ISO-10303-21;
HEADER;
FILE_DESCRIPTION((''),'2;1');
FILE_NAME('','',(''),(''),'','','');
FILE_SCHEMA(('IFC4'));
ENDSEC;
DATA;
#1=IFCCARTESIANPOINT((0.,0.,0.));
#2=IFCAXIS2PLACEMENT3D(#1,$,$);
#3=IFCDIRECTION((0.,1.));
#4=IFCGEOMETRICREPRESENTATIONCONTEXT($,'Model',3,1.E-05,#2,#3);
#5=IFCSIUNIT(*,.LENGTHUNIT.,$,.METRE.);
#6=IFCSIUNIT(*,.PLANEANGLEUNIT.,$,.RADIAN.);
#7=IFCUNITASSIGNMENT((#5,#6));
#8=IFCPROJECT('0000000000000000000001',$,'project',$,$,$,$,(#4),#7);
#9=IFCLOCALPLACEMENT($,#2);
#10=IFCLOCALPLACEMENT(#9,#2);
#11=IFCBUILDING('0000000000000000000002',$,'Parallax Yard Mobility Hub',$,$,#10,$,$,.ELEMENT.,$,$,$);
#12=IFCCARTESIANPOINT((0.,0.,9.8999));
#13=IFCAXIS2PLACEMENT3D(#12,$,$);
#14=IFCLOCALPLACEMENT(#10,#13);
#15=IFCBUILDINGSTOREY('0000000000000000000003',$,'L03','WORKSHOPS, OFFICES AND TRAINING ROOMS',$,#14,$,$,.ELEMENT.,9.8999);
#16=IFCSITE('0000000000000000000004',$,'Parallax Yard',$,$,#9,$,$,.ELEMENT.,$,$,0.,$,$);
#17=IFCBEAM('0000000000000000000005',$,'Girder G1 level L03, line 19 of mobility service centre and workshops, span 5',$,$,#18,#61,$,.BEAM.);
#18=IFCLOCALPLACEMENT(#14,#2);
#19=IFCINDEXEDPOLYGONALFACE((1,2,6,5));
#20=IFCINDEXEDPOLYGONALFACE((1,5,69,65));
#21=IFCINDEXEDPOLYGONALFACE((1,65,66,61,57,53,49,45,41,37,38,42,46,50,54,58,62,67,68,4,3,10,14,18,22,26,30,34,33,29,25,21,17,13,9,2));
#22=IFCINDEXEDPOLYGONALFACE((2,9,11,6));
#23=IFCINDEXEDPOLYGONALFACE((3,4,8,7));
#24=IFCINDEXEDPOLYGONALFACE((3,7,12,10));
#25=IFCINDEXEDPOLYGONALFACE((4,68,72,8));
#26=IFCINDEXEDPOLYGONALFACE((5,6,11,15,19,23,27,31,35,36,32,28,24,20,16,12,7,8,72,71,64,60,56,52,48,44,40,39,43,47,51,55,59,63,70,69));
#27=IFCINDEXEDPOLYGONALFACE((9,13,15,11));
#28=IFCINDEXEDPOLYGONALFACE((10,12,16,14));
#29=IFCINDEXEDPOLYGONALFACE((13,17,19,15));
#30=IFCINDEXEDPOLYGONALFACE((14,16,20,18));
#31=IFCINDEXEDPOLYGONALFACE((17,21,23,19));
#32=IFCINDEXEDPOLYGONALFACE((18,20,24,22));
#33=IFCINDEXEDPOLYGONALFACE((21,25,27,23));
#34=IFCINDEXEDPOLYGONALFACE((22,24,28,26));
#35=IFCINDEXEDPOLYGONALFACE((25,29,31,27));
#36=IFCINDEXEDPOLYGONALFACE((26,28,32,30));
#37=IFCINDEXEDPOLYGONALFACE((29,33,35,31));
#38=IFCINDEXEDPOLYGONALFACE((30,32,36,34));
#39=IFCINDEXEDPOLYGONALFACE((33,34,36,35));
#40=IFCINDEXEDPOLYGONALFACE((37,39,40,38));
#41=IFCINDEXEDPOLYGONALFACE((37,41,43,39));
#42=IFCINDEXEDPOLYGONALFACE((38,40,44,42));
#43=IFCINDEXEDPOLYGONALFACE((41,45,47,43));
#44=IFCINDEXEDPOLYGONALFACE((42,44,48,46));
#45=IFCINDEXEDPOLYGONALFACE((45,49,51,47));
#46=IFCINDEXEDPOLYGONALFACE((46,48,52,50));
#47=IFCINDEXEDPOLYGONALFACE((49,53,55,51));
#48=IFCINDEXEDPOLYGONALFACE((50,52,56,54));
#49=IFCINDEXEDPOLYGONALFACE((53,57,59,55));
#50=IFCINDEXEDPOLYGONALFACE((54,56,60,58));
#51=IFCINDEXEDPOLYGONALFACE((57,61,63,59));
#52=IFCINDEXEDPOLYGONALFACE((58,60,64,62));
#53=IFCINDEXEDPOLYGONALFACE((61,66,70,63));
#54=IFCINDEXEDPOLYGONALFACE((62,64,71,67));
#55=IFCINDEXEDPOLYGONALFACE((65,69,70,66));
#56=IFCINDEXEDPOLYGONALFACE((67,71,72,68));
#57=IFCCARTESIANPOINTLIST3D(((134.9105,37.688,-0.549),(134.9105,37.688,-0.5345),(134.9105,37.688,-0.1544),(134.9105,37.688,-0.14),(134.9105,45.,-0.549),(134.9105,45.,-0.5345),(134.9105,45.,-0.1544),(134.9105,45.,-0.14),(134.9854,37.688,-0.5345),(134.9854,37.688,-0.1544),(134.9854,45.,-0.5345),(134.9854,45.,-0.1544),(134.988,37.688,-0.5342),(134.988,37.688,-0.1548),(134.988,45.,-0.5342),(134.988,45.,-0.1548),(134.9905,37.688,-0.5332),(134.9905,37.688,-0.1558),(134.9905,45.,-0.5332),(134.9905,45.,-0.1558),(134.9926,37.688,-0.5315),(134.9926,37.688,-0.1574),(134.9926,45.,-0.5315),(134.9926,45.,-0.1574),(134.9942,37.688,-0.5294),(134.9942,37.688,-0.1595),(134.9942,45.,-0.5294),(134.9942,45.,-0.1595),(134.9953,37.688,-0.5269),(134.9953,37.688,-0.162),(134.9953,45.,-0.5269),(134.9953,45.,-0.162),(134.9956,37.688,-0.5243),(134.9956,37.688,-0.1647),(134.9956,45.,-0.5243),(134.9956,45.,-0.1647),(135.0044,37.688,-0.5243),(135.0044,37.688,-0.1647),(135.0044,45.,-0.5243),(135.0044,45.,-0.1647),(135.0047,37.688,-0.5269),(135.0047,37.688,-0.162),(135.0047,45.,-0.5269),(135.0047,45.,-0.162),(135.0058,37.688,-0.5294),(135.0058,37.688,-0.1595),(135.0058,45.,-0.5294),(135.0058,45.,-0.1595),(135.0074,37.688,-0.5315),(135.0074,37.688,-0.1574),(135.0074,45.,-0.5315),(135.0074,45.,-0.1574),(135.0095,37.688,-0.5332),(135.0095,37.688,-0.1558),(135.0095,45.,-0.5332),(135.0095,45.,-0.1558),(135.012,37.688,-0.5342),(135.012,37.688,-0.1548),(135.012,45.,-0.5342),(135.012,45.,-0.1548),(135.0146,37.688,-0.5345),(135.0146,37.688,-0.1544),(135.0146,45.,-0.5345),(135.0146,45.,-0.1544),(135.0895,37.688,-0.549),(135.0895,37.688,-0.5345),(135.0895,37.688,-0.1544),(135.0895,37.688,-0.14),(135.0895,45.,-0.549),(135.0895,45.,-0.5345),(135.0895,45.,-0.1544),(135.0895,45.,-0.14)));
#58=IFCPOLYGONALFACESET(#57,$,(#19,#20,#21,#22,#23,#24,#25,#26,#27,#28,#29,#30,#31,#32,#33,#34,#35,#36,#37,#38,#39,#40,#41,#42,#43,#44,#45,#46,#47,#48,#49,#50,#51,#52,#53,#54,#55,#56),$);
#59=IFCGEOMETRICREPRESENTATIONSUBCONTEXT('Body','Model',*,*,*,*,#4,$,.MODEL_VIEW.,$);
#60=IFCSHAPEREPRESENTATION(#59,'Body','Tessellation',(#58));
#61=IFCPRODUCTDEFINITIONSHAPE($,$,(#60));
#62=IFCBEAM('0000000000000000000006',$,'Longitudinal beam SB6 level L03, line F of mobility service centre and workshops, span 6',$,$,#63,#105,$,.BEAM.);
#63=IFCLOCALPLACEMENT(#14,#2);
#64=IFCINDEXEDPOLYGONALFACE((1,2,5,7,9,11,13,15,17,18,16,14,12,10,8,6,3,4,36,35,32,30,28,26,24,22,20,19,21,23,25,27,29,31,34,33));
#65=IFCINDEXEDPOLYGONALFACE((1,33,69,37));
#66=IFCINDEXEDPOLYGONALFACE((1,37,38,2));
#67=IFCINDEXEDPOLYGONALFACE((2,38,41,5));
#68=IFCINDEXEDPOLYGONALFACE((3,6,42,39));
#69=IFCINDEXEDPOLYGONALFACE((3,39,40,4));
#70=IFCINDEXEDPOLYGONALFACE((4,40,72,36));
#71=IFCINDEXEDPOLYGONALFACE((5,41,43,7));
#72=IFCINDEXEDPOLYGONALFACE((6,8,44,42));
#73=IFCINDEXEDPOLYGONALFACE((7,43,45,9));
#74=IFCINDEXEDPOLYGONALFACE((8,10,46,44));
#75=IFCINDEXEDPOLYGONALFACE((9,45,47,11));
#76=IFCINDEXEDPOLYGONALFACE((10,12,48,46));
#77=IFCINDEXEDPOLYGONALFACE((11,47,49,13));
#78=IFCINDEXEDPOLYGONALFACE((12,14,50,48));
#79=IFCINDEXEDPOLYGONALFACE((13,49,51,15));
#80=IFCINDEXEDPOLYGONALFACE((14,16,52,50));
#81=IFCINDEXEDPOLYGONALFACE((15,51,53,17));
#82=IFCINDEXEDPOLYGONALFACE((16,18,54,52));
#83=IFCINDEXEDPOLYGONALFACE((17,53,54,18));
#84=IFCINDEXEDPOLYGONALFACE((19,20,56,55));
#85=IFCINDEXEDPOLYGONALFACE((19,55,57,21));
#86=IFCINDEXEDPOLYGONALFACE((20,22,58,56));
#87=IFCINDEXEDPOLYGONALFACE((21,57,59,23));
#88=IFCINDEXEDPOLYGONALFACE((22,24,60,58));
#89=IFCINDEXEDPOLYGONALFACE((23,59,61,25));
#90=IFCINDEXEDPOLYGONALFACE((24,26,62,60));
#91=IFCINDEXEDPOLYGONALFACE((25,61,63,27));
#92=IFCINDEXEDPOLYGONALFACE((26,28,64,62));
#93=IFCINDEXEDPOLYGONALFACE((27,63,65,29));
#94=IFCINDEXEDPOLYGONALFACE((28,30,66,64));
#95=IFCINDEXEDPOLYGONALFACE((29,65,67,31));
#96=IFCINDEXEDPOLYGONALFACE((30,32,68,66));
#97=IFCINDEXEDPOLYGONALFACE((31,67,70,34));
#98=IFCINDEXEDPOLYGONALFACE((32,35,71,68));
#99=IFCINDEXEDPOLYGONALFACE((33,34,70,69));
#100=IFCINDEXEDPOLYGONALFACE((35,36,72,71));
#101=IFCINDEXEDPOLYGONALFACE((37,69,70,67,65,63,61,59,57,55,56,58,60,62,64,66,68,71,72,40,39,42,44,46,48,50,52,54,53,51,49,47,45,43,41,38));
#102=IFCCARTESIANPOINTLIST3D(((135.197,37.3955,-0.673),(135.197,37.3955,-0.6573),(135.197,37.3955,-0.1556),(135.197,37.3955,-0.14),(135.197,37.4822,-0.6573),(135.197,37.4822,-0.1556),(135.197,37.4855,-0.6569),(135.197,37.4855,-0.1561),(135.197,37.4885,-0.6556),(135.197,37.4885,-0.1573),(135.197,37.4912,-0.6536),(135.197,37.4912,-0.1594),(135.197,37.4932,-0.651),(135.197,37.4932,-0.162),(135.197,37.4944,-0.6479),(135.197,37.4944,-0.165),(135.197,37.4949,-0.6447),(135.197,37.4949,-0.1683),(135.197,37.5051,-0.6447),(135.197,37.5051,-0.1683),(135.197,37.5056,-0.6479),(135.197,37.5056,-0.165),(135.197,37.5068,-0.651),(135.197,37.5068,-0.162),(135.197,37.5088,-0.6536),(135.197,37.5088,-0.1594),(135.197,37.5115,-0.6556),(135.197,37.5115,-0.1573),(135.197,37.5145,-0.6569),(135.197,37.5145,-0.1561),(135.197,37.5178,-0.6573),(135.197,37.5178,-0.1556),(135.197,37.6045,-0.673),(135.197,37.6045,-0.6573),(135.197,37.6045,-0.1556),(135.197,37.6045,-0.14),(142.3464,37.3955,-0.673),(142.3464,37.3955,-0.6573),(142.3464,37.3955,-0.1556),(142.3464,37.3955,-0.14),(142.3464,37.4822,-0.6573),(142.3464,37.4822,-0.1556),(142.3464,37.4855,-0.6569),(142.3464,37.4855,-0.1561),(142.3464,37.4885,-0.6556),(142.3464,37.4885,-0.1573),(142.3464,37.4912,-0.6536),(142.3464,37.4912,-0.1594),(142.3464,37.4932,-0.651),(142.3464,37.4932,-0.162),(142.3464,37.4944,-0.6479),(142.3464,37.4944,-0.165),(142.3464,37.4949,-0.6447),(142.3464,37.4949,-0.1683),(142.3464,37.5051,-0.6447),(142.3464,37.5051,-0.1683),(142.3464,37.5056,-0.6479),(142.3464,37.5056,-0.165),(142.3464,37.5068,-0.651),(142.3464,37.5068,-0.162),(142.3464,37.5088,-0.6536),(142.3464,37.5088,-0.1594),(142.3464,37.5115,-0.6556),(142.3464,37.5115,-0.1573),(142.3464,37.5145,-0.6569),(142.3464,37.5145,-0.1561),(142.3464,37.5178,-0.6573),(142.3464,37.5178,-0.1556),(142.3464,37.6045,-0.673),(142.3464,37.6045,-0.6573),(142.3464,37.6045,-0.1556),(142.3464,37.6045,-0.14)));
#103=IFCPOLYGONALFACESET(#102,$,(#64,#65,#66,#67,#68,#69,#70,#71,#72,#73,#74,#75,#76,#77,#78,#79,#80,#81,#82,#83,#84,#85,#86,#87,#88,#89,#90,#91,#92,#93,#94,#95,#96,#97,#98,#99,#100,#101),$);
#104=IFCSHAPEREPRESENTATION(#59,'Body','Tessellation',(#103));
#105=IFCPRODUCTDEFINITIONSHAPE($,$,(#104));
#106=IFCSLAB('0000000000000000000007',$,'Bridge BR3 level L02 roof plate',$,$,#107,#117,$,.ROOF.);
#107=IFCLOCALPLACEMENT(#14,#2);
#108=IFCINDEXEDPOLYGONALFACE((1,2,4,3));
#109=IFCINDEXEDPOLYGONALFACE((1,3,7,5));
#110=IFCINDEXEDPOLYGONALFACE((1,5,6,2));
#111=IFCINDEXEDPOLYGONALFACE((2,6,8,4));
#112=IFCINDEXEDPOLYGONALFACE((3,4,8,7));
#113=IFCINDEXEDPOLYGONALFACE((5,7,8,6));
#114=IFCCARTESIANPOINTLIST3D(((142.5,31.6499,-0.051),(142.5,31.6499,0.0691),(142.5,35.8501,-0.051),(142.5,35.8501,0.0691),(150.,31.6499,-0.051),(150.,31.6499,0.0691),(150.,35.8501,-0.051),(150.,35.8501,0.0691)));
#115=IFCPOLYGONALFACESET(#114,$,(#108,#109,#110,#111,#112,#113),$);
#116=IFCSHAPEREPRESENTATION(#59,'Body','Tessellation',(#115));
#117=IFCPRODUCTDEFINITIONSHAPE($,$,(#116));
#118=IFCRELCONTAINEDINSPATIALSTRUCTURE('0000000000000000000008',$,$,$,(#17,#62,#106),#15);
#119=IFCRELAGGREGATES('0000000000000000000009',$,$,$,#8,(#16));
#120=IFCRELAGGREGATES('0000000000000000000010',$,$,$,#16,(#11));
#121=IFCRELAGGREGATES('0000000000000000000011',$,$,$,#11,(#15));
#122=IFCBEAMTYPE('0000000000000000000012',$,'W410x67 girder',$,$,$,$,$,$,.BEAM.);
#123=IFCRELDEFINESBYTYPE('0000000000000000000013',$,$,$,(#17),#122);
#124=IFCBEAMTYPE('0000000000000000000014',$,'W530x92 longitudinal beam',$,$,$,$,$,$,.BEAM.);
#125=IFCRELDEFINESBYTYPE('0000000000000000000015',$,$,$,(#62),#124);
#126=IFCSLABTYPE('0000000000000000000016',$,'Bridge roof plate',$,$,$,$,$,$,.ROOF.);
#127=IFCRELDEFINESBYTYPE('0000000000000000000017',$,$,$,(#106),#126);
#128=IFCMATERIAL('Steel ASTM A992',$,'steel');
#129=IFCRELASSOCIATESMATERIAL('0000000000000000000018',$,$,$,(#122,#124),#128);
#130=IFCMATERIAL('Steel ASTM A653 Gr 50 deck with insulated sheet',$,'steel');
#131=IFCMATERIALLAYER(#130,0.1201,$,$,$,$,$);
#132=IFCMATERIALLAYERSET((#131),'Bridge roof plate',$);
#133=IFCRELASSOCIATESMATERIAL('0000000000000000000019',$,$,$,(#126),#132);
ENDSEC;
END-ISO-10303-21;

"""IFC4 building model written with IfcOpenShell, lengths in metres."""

from ifc_helpers import new_model, si_unit, direction, frame, origin, origin_2d, place, context, subcontext, project, spatial, polyline, i_section, outline, extrude, material, layer, layer_set, material_profile, profile_set, type_object, element, save


model = new_model("IFC4")

# Units and contexts
model_context = context("Model", 3, precision=1e-05, world=origin(), true_north=direction((0.0, 1.0)))
body_context = subcontext(model_context, "Body", "Model", "MODEL_VIEW")
ifc_project = project(units=[si_unit("LENGTHUNIT", "METRE"), si_unit("PLANEANGLEUNIT", "RADIAN")], contexts=[model_context])

# Site, building, storey
site_placement = place(None, origin())
site = spatial("IfcSite", under=ifc_project, at=site_placement, Name="Parallax Yard", CompositionType="ELEMENT", RefElevation=0.0)
building_placement = place(site_placement, origin())
building = spatial("IfcBuilding", under=site, at=building_placement, Name="Parallax Yard Mobility Hub", CompositionType="ELEMENT")
storey_placement = place(building_placement, frame((0.0, 0.0, 9.8999)))
storey = spatial("IfcBuildingStorey", under=building, at=storey_placement, Name="L03", Description="WORKSHOPS, OFFICES AND TRAINING ROOMS", CompositionType="ELEMENT", Elevation=9.8999)

# Shared definitions
ifc_material_1 = material(Name="Steel ASTM A992", Category="steel")

# Beams
ifc_material_profile_1 = material_profile(ifc_material_1, i_section(OverallWidth=0.179, OverallDepth=0.4089, WebThickness=0.0088, FlangeThickness=0.0144, FilletRadius=0.0103, at=origin_2d()), Name="W410x67")
ifc_profile_set_1 = profile_set([ifc_material_profile_1], Name="Steel ASTM A992")
beam_type_1 = type_object("IfcBeamType", Name="W410x67 girder", PredefinedType="BEAM", material=ifc_profile_set_1)
beam_1_placement = place(storey_placement, frame((135.0, 37.688, -0.3445), z_axis=(0.0, 1.0, 0.0), x_axis=(-1.0, 0.0, 0.0)))
element("IfcBeam", 1, at=beam_1_placement, inside=storey, type_object=beam_type_1, Name="Girder G1 level L03, line 19 of mobility service centre and workshops, span 5", PredefinedType="BEAM", context=body_context, shape_type="SweptSolid", body=[
    extrude(i_section(OverallWidth=0.179, OverallDepth=0.4089, WebThickness=0.0088, FlangeThickness=0.0144, FilletRadius=0.0103, at=origin_2d()), origin(), (0.0, 0.0, 1.0), 7.312),
])
ifc_material_profile_2 = material_profile(ifc_material_1, i_section(OverallWidth=0.209, OverallDepth=0.533, WebThickness=0.0103, FlangeThickness=0.0156, FilletRadius=0.0127, at=origin_2d()), Name="W530x92")
ifc_profile_set_2 = profile_set([ifc_material_profile_2], Name="Steel ASTM A992")
beam_type_2 = type_object("IfcBeamType", Name="W530x92 longitudinal beam", PredefinedType="BEAM", material=ifc_profile_set_2)
beam_2_placement = place(storey_placement, frame((135.197, 37.5, -0.4065), z_axis=(1.0, 0.0, 0.0), x_axis=(0.0, 1.0, 0.0)))
element("IfcBeam", 2, at=beam_2_placement, inside=storey, type_object=beam_type_2, Name="Longitudinal beam SB6 level L03, line F of mobility service centre and workshops, span 6", PredefinedType="BEAM", context=body_context, shape_type="SweptSolid", body=[
    extrude(i_section(OverallWidth=0.209, OverallDepth=0.533, WebThickness=0.0103, FlangeThickness=0.0156, FilletRadius=0.0127, at=origin_2d()), origin(), (0.0, 0.0, 1.0), 7.1494),
])

# Slab
ifc_material_2 = material(Name="Steel ASTM A653 Gr 50 deck with insulated sheet", Category="steel")
ifc_layer_1 = layer(ifc_material_2, 0.1201)
ifc_layer_set_1 = layer_set([ifc_layer_1], Name="Bridge roof plate")
slab_type = type_object("IfcSlabType", Name="Bridge roof plate", PredefinedType="ROOF", material=ifc_layer_set_1)
placement = place(building_placement, frame((0.0, 0.0, 6.6001)))
slab_placement = place(placement, frame((142.5, 31.6499, 3.3689), z_axis=(0.0, 0.0, 1.0), x_axis=(1.0, 0.0, 0.0)))
element("IfcSlab", 3, at=slab_placement, inside=storey, type_object=slab_type, Name="Bridge BR3 level L02 roof plate", PredefinedType="ROOF", context=body_context, shape_type="SweptSolid", body=[
    extrude(outline(polyline([(0.0, 0.0), (7.5, 0.0), (7.5, 4.2002), (0.0, 4.2002), (0.0, 0.0)])), origin(), (0.0, 0.0, -1.0), 0.1201),
])

save(model, "model.ifc")
